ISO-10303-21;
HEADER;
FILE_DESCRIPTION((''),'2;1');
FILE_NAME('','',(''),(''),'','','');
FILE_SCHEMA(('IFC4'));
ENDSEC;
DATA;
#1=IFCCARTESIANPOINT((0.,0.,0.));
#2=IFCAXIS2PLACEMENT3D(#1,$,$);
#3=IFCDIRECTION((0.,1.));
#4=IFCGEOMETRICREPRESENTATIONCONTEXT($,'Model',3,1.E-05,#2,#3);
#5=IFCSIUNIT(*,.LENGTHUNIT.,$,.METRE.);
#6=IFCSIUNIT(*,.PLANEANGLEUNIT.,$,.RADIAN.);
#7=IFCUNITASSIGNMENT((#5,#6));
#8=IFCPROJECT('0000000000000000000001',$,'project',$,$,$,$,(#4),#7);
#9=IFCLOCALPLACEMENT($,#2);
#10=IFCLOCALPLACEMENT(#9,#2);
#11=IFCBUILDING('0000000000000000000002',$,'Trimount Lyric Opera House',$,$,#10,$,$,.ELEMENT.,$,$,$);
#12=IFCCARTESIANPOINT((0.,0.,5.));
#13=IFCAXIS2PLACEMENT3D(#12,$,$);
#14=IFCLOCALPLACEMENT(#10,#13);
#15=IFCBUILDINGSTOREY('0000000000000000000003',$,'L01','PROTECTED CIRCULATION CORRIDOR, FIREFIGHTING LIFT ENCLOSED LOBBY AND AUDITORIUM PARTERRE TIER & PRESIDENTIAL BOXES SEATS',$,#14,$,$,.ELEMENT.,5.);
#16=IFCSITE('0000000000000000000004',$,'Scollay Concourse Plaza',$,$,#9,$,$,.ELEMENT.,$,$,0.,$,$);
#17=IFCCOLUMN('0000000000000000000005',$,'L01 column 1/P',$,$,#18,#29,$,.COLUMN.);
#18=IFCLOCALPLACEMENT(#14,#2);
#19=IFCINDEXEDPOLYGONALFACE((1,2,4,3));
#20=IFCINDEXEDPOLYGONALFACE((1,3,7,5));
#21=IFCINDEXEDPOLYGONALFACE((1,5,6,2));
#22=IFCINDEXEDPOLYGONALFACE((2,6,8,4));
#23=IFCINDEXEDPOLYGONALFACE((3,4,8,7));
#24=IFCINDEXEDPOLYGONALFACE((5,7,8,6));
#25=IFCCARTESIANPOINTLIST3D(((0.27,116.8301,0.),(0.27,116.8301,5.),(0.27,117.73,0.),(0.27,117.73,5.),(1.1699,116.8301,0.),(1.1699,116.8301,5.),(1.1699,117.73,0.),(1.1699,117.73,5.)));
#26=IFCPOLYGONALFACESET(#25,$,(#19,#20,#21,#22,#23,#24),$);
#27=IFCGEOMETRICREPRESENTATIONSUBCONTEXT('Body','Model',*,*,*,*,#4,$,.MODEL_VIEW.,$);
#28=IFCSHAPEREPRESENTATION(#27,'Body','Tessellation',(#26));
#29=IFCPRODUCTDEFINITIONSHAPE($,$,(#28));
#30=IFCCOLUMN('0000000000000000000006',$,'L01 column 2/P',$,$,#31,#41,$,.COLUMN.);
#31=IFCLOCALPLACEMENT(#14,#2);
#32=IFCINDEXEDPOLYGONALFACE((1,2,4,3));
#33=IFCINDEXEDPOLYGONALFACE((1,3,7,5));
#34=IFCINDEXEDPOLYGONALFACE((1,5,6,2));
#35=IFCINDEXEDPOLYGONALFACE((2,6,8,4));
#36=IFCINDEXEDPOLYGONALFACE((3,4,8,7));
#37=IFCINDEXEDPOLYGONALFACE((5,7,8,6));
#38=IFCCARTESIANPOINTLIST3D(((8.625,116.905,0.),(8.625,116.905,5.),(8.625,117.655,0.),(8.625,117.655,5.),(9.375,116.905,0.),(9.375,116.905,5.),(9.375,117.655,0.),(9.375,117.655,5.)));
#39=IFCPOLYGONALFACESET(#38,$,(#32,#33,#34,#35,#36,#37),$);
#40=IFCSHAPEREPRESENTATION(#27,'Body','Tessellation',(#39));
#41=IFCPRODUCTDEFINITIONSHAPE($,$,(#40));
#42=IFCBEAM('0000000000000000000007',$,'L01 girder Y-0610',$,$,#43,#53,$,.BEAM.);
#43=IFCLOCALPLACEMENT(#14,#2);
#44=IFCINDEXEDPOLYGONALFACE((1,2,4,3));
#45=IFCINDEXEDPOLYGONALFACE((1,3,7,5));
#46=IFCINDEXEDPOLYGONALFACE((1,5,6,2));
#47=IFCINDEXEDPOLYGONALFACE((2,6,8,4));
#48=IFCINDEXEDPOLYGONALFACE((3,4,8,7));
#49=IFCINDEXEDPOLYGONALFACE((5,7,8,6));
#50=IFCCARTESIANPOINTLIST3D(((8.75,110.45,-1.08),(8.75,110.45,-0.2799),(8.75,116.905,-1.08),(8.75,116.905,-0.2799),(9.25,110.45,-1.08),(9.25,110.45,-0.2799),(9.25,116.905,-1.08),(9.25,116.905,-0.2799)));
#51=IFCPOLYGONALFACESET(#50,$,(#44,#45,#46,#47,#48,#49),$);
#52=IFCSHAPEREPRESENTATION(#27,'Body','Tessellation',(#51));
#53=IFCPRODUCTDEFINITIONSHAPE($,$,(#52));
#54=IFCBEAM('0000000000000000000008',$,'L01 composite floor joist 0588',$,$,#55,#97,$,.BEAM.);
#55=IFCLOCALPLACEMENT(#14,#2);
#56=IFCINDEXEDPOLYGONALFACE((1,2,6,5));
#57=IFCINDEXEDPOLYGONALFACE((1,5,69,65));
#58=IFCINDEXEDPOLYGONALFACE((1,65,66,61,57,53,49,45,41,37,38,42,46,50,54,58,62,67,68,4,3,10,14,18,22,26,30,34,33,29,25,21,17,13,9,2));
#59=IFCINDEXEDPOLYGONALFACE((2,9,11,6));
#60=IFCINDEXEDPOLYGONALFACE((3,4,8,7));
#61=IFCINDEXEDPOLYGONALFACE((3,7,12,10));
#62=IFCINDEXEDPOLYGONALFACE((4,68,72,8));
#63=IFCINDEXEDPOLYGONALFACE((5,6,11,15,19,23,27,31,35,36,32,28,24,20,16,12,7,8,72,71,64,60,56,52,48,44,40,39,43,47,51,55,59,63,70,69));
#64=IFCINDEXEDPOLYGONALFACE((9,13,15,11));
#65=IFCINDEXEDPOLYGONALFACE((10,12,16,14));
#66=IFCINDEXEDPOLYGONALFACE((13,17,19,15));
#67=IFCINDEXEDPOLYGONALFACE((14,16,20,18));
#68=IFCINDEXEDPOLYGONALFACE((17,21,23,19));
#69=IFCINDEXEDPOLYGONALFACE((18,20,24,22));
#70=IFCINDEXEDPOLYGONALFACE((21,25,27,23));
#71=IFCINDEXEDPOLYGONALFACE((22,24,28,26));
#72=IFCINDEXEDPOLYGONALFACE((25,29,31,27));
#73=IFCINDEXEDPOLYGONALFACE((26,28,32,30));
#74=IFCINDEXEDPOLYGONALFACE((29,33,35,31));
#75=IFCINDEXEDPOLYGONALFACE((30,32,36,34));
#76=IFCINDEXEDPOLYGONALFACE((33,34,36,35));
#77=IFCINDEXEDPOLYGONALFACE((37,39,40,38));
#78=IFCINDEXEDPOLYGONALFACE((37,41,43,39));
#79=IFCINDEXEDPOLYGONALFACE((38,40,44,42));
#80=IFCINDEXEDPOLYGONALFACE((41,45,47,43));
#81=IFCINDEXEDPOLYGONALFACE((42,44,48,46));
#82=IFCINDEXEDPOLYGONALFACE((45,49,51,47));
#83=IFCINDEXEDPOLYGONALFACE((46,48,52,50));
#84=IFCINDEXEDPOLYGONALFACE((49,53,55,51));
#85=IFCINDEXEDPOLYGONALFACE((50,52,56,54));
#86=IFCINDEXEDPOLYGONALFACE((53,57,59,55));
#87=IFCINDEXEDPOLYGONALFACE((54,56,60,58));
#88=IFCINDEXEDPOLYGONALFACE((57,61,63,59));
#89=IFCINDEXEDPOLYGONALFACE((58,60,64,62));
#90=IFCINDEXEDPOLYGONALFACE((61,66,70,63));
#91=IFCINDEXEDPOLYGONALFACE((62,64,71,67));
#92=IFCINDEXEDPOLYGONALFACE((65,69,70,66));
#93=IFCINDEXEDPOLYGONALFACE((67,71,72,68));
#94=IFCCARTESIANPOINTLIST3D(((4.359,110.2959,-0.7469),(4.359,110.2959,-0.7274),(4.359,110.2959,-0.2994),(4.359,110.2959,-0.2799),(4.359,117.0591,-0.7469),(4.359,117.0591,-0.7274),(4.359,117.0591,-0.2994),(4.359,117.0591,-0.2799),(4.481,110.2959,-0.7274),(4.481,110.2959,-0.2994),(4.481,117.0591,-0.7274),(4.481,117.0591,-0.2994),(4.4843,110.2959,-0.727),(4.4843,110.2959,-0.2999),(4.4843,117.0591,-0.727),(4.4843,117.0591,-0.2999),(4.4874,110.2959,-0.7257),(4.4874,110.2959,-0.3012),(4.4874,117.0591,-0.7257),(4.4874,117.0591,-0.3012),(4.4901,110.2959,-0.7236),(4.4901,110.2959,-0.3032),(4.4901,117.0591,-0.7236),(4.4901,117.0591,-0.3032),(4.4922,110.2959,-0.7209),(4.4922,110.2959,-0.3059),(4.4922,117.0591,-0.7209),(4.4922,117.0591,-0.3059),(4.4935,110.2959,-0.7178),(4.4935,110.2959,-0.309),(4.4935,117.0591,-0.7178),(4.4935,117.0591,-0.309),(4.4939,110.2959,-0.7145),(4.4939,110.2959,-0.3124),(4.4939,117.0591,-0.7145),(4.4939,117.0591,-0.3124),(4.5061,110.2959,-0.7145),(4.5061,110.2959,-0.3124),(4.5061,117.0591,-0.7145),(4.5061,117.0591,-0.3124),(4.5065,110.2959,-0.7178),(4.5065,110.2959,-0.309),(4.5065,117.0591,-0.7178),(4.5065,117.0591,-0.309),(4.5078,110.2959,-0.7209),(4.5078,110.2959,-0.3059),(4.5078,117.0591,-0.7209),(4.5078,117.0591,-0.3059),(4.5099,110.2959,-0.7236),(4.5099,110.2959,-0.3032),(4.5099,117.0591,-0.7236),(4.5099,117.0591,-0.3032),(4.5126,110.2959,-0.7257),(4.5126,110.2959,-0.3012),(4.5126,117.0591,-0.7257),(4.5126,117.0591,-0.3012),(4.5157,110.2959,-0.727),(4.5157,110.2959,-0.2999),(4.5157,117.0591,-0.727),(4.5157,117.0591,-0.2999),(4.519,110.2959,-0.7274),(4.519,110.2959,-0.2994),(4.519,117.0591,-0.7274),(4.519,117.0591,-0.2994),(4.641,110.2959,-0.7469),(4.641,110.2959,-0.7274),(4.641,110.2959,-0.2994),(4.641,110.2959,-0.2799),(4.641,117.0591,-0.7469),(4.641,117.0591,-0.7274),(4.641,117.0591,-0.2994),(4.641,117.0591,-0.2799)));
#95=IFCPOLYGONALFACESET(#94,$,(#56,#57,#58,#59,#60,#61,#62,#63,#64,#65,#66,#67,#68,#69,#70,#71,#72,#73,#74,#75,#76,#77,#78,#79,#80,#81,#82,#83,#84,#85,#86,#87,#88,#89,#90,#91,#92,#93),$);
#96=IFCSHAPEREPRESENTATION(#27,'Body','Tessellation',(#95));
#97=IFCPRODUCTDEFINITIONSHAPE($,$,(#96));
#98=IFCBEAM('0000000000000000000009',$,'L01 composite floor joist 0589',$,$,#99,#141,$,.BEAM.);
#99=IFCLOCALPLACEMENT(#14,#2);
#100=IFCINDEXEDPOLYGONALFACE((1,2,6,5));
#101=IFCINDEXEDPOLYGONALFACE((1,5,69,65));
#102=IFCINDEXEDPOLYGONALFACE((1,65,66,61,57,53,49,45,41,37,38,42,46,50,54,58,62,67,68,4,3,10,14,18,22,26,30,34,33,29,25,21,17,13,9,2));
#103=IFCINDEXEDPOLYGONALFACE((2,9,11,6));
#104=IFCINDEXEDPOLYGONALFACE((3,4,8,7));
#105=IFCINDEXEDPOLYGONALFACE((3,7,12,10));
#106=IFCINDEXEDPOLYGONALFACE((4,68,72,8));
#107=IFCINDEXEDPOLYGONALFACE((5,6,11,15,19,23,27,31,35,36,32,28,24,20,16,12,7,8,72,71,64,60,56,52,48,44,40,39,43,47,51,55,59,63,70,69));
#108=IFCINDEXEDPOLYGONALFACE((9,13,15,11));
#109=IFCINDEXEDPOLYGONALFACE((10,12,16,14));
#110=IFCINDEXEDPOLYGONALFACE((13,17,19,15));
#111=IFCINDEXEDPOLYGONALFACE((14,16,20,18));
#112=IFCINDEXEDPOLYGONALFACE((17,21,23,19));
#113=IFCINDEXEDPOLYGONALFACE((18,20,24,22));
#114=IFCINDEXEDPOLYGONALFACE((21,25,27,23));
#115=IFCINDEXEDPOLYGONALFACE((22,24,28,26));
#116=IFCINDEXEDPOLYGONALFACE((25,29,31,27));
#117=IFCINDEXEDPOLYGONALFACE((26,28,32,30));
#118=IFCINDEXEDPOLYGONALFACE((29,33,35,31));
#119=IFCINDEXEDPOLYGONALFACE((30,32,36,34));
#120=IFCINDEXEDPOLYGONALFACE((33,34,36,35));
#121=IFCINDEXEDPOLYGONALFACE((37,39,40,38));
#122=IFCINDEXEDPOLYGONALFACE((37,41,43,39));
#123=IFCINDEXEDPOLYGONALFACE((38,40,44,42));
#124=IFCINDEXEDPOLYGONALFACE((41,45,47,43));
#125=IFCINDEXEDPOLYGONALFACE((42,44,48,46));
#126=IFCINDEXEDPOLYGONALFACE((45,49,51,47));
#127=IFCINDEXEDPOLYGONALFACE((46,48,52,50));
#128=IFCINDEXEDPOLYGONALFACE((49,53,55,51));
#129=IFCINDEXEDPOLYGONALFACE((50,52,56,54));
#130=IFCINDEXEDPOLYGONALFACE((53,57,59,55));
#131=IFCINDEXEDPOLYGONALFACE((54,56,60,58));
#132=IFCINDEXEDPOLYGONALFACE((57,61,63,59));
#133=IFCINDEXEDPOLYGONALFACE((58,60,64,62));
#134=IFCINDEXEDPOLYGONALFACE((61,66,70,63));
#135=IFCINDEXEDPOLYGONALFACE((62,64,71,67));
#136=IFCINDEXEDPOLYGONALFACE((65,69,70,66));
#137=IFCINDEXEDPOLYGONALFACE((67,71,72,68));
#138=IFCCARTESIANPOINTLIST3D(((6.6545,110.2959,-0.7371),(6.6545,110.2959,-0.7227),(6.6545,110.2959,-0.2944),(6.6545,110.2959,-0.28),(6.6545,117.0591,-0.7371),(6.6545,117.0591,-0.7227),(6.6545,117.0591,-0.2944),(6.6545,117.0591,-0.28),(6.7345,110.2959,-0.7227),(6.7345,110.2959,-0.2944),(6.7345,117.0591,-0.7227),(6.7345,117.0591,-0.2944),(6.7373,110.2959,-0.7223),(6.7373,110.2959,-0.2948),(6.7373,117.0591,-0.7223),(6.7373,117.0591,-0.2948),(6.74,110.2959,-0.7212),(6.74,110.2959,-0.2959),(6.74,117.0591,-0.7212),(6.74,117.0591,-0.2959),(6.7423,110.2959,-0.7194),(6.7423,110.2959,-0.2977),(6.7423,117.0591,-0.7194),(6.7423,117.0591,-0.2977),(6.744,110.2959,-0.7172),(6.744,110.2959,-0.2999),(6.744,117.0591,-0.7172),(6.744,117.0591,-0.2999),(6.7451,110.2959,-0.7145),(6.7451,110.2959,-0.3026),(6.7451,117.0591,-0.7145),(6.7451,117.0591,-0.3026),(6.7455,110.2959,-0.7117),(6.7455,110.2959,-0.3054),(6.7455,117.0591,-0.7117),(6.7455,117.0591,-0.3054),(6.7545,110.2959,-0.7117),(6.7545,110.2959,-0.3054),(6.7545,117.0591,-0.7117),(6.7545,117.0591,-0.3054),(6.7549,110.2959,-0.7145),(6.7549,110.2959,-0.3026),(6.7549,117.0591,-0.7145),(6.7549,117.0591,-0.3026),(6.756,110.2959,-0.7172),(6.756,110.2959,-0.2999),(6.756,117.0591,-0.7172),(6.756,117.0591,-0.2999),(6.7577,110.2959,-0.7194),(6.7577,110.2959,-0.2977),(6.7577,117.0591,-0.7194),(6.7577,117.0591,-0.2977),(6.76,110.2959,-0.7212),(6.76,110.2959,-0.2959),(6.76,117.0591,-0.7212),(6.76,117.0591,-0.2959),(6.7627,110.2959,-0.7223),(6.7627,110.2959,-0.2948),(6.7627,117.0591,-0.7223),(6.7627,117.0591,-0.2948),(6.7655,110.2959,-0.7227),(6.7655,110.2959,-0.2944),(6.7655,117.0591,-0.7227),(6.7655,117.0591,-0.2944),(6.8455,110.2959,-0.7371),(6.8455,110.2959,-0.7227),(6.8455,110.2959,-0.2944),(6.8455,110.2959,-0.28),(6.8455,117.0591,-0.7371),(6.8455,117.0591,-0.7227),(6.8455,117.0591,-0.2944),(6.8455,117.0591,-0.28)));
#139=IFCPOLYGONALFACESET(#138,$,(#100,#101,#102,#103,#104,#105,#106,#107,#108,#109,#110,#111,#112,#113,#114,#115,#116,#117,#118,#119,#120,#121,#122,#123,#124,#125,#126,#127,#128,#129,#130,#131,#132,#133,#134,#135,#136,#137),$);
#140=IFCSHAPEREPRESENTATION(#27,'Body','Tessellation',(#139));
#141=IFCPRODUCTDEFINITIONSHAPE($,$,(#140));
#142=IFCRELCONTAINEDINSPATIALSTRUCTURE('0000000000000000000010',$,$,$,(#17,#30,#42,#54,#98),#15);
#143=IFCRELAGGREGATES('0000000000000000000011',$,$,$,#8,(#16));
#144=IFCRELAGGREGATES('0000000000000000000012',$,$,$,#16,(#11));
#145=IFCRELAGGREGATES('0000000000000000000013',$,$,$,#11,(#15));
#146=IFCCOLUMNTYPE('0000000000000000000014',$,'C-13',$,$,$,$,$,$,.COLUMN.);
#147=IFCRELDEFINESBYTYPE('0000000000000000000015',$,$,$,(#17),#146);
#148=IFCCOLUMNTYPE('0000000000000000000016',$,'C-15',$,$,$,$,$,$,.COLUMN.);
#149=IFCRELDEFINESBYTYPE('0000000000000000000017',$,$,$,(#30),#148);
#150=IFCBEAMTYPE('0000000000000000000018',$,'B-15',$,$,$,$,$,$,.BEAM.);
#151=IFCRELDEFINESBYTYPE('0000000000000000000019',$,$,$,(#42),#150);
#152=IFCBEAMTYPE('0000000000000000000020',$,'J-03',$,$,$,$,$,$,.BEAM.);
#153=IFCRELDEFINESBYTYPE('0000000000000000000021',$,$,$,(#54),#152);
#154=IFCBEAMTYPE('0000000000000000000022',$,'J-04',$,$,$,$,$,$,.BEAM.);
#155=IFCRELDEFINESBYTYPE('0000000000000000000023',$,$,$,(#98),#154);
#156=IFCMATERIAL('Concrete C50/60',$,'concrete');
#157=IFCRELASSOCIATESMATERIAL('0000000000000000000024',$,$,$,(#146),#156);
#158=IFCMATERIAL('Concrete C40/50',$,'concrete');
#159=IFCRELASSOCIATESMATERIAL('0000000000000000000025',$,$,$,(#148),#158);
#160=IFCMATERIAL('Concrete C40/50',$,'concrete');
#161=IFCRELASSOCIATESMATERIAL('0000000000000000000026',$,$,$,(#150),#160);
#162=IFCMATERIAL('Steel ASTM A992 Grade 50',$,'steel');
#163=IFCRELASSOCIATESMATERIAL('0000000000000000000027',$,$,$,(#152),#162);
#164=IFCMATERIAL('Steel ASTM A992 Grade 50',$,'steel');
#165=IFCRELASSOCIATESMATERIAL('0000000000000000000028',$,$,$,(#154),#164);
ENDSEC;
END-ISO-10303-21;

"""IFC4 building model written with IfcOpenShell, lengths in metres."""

from ifc_helpers import new_model, si_unit, direction, frame, origin, origin_2d, place, context, subcontext, project, spatial, rectangle, i_section, extrude, material, material_profile, profile_set, type_object, element, save


model = new_model("IFC4")

# Units and contexts
model_context = context("Model", 3, precision=1e-05, world=origin(), true_north=direction((0.0, 1.0)))
body_context = subcontext(model_context, "Body", "Model", "MODEL_VIEW")
ifc_project = project(units=[si_unit("LENGTHUNIT", "METRE"), si_unit("PLANEANGLEUNIT", "RADIAN")], contexts=[model_context])

# Site, building, storey
site_placement = place(None, origin())
site = spatial("IfcSite", under=ifc_project, at=site_placement, Name="Scollay Concourse Plaza", CompositionType="ELEMENT", RefElevation=0.0)
building_placement = place(site_placement, origin())
building = spatial("IfcBuilding", under=site, at=building_placement, Name="Trimount Lyric Opera House", CompositionType="ELEMENT")
storey_placement = place(building_placement, frame((0.0, 0.0, 5.0)))
storey = spatial("IfcBuildingStorey", under=building, at=storey_placement, Name="L01", Description="PROTECTED CIRCULATION CORRIDOR, FIREFIGHTING LIFT ENCLOSED LOBBY AND AUDITORIUM PARTERRE TIER & PRESIDENTIAL BOXES SEATS", CompositionType="ELEMENT", Elevation=5.0)

# Columns
ifc_material_1 = material(Name="Concrete C50/60", Category="concrete")
ifc_material_profile_1 = material_profile(ifc_material_1, rectangle(XDim=0.8999, YDim=0.8999, at=origin_2d()), Name="RC900X900")
ifc_profile_set_1 = profile_set([ifc_material_profile_1], Name="Concrete C50/60")
column_type_1 = type_object("IfcColumnType", Name="C-13", PredefinedType="COLUMN", material=ifc_profile_set_1)
column_1_placement = place(storey_placement, frame((0.72, 117.28, 0.0), z_axis=(0.0, 0.0, 1.0), x_axis=(1.0, 0.0, 0.0)))
element("IfcColumn", 1, at=column_1_placement, inside=storey, type_object=column_type_1, Name="L01 column 1/P", PredefinedType="COLUMN", context=body_context, shape_type="SweptSolid", body=[
    extrude(rectangle(XDim=0.8999, YDim=0.8999, at=origin_2d()), origin(), (0.0, 0.0, 1.0), 5.0),
])
ifc_material_2 = material(Name="Concrete C40/50", Category="concrete")
ifc_material_profile_2 = material_profile(ifc_material_2, rectangle(XDim=0.75, YDim=0.75, at=origin_2d()), Name="RC750X750")
ifc_profile_set_2 = profile_set([ifc_material_profile_2], Name="Concrete C40/50")
column_type_2 = type_object("IfcColumnType", Name="C-15", PredefinedType="COLUMN", material=ifc_profile_set_2)
column_2_placement = place(storey_placement, frame((9.0, 117.28, 0.0), z_axis=(0.0, 0.0, 1.0), x_axis=(1.0, 0.0, 0.0)))
element("IfcColumn", 2, at=column_2_placement, inside=storey, type_object=column_type_2, Name="L01 column 2/P", PredefinedType="COLUMN", context=body_context, shape_type="SweptSolid", body=[
    extrude(rectangle(XDim=0.75, YDim=0.75, at=origin_2d()), origin(), (0.0, 0.0, 1.0), 5.0),
])

# Beams
ifc_material_3 = material(Name="Concrete C40/50", Category="concrete")
ifc_material_profile_3 = material_profile(ifc_material_3, rectangle(XDim=0.5, YDim=0.8, at=origin_2d()), Name="RC500X800")
ifc_profile_set_3 = profile_set([ifc_material_profile_3], Name="Concrete C40/50")
beam_type_1 = type_object("IfcBeamType", Name="B-15", PredefinedType="BEAM", material=ifc_profile_set_3)
beam_1_placement = place(storey_placement, frame((9.0, 110.45, -0.6799), z_axis=(0.0, 1.0, 0.0), x_axis=(-1.0, 0.0, 0.0)))
element("IfcBeam", 3, at=beam_1_placement, inside=storey, type_object=beam_type_1, Name="L01 girder Y-0610", PredefinedType="BEAM", context=body_context, shape_type="SweptSolid", body=[
    extrude(rectangle(XDim=0.5, YDim=0.8, at=origin_2d()), origin(), (0.0, 0.0, 1.0), 6.4551),
])
ifc_material_4 = material(Name="Steel ASTM A992 Grade 50", Category="steel")
ifc_material_profile_4 = material_profile(ifc_material_4, i_section(OverallWidth=0.282, OverallDepth=0.467, WebThickness=0.0122, FlangeThickness=0.0195, FilletRadius=0.0129, at=origin_2d()), Name="W18X86")
ifc_profile_set_4 = profile_set([ifc_material_profile_4], Name="Steel ASTM A992 Grade 50")
beam_type_2 = type_object("IfcBeamType", Name="J-03", PredefinedType="BEAM", material=ifc_profile_set_4)
beam_2_placement = place(storey_placement, frame((4.5, 110.2959, -0.5134), z_axis=(0.0, 1.0, 0.0), x_axis=(-1.0, 0.0, 0.0)))
element("IfcBeam", 4, at=beam_2_placement, inside=storey, type_object=beam_type_2, Name="L01 composite floor joist 0588", PredefinedType="BEAM", context=body_context, shape_type="SweptSolid", body=[
    extrude(i_section(OverallWidth=0.282, OverallDepth=0.467, WebThickness=0.0122, FlangeThickness=0.0195, FilletRadius=0.0129, at=origin_2d()), origin(), (0.0, 0.0, 1.0), 6.7632),
])
ifc_material_5 = material(Name="Steel ASTM A992 Grade 50", Category="steel")
ifc_material_profile_5 = material_profile(ifc_material_5, i_section(OverallWidth=0.1909, OverallDepth=0.457, WebThickness=0.009, FlangeThickness=0.0144, FilletRadius=0.011, at=origin_2d()), Name="W18X50")
ifc_profile_set_5 = profile_set([ifc_material_profile_5], Name="Steel ASTM A992 Grade 50")
beam_type_3 = type_object("IfcBeamType", Name="J-04", PredefinedType="BEAM", material=ifc_profile_set_5)
beam_3_placement = place(storey_placement, frame((6.75, 110.2959, -0.5085), z_axis=(0.0, 1.0, 0.0), x_axis=(-1.0, 0.0, 0.0)))
element("IfcBeam", 5, at=beam_3_placement, inside=storey, type_object=beam_type_3, Name="L01 composite floor joist 0589", PredefinedType="BEAM", context=body_context, shape_type="SweptSolid", body=[
    extrude(i_section(OverallWidth=0.1909, OverallDepth=0.457, WebThickness=0.009, FlangeThickness=0.0144, FilletRadius=0.011, at=origin_2d()), origin(), (0.0, 0.0, 1.0), 6.7632),
])

save(model, "model.ifc")
